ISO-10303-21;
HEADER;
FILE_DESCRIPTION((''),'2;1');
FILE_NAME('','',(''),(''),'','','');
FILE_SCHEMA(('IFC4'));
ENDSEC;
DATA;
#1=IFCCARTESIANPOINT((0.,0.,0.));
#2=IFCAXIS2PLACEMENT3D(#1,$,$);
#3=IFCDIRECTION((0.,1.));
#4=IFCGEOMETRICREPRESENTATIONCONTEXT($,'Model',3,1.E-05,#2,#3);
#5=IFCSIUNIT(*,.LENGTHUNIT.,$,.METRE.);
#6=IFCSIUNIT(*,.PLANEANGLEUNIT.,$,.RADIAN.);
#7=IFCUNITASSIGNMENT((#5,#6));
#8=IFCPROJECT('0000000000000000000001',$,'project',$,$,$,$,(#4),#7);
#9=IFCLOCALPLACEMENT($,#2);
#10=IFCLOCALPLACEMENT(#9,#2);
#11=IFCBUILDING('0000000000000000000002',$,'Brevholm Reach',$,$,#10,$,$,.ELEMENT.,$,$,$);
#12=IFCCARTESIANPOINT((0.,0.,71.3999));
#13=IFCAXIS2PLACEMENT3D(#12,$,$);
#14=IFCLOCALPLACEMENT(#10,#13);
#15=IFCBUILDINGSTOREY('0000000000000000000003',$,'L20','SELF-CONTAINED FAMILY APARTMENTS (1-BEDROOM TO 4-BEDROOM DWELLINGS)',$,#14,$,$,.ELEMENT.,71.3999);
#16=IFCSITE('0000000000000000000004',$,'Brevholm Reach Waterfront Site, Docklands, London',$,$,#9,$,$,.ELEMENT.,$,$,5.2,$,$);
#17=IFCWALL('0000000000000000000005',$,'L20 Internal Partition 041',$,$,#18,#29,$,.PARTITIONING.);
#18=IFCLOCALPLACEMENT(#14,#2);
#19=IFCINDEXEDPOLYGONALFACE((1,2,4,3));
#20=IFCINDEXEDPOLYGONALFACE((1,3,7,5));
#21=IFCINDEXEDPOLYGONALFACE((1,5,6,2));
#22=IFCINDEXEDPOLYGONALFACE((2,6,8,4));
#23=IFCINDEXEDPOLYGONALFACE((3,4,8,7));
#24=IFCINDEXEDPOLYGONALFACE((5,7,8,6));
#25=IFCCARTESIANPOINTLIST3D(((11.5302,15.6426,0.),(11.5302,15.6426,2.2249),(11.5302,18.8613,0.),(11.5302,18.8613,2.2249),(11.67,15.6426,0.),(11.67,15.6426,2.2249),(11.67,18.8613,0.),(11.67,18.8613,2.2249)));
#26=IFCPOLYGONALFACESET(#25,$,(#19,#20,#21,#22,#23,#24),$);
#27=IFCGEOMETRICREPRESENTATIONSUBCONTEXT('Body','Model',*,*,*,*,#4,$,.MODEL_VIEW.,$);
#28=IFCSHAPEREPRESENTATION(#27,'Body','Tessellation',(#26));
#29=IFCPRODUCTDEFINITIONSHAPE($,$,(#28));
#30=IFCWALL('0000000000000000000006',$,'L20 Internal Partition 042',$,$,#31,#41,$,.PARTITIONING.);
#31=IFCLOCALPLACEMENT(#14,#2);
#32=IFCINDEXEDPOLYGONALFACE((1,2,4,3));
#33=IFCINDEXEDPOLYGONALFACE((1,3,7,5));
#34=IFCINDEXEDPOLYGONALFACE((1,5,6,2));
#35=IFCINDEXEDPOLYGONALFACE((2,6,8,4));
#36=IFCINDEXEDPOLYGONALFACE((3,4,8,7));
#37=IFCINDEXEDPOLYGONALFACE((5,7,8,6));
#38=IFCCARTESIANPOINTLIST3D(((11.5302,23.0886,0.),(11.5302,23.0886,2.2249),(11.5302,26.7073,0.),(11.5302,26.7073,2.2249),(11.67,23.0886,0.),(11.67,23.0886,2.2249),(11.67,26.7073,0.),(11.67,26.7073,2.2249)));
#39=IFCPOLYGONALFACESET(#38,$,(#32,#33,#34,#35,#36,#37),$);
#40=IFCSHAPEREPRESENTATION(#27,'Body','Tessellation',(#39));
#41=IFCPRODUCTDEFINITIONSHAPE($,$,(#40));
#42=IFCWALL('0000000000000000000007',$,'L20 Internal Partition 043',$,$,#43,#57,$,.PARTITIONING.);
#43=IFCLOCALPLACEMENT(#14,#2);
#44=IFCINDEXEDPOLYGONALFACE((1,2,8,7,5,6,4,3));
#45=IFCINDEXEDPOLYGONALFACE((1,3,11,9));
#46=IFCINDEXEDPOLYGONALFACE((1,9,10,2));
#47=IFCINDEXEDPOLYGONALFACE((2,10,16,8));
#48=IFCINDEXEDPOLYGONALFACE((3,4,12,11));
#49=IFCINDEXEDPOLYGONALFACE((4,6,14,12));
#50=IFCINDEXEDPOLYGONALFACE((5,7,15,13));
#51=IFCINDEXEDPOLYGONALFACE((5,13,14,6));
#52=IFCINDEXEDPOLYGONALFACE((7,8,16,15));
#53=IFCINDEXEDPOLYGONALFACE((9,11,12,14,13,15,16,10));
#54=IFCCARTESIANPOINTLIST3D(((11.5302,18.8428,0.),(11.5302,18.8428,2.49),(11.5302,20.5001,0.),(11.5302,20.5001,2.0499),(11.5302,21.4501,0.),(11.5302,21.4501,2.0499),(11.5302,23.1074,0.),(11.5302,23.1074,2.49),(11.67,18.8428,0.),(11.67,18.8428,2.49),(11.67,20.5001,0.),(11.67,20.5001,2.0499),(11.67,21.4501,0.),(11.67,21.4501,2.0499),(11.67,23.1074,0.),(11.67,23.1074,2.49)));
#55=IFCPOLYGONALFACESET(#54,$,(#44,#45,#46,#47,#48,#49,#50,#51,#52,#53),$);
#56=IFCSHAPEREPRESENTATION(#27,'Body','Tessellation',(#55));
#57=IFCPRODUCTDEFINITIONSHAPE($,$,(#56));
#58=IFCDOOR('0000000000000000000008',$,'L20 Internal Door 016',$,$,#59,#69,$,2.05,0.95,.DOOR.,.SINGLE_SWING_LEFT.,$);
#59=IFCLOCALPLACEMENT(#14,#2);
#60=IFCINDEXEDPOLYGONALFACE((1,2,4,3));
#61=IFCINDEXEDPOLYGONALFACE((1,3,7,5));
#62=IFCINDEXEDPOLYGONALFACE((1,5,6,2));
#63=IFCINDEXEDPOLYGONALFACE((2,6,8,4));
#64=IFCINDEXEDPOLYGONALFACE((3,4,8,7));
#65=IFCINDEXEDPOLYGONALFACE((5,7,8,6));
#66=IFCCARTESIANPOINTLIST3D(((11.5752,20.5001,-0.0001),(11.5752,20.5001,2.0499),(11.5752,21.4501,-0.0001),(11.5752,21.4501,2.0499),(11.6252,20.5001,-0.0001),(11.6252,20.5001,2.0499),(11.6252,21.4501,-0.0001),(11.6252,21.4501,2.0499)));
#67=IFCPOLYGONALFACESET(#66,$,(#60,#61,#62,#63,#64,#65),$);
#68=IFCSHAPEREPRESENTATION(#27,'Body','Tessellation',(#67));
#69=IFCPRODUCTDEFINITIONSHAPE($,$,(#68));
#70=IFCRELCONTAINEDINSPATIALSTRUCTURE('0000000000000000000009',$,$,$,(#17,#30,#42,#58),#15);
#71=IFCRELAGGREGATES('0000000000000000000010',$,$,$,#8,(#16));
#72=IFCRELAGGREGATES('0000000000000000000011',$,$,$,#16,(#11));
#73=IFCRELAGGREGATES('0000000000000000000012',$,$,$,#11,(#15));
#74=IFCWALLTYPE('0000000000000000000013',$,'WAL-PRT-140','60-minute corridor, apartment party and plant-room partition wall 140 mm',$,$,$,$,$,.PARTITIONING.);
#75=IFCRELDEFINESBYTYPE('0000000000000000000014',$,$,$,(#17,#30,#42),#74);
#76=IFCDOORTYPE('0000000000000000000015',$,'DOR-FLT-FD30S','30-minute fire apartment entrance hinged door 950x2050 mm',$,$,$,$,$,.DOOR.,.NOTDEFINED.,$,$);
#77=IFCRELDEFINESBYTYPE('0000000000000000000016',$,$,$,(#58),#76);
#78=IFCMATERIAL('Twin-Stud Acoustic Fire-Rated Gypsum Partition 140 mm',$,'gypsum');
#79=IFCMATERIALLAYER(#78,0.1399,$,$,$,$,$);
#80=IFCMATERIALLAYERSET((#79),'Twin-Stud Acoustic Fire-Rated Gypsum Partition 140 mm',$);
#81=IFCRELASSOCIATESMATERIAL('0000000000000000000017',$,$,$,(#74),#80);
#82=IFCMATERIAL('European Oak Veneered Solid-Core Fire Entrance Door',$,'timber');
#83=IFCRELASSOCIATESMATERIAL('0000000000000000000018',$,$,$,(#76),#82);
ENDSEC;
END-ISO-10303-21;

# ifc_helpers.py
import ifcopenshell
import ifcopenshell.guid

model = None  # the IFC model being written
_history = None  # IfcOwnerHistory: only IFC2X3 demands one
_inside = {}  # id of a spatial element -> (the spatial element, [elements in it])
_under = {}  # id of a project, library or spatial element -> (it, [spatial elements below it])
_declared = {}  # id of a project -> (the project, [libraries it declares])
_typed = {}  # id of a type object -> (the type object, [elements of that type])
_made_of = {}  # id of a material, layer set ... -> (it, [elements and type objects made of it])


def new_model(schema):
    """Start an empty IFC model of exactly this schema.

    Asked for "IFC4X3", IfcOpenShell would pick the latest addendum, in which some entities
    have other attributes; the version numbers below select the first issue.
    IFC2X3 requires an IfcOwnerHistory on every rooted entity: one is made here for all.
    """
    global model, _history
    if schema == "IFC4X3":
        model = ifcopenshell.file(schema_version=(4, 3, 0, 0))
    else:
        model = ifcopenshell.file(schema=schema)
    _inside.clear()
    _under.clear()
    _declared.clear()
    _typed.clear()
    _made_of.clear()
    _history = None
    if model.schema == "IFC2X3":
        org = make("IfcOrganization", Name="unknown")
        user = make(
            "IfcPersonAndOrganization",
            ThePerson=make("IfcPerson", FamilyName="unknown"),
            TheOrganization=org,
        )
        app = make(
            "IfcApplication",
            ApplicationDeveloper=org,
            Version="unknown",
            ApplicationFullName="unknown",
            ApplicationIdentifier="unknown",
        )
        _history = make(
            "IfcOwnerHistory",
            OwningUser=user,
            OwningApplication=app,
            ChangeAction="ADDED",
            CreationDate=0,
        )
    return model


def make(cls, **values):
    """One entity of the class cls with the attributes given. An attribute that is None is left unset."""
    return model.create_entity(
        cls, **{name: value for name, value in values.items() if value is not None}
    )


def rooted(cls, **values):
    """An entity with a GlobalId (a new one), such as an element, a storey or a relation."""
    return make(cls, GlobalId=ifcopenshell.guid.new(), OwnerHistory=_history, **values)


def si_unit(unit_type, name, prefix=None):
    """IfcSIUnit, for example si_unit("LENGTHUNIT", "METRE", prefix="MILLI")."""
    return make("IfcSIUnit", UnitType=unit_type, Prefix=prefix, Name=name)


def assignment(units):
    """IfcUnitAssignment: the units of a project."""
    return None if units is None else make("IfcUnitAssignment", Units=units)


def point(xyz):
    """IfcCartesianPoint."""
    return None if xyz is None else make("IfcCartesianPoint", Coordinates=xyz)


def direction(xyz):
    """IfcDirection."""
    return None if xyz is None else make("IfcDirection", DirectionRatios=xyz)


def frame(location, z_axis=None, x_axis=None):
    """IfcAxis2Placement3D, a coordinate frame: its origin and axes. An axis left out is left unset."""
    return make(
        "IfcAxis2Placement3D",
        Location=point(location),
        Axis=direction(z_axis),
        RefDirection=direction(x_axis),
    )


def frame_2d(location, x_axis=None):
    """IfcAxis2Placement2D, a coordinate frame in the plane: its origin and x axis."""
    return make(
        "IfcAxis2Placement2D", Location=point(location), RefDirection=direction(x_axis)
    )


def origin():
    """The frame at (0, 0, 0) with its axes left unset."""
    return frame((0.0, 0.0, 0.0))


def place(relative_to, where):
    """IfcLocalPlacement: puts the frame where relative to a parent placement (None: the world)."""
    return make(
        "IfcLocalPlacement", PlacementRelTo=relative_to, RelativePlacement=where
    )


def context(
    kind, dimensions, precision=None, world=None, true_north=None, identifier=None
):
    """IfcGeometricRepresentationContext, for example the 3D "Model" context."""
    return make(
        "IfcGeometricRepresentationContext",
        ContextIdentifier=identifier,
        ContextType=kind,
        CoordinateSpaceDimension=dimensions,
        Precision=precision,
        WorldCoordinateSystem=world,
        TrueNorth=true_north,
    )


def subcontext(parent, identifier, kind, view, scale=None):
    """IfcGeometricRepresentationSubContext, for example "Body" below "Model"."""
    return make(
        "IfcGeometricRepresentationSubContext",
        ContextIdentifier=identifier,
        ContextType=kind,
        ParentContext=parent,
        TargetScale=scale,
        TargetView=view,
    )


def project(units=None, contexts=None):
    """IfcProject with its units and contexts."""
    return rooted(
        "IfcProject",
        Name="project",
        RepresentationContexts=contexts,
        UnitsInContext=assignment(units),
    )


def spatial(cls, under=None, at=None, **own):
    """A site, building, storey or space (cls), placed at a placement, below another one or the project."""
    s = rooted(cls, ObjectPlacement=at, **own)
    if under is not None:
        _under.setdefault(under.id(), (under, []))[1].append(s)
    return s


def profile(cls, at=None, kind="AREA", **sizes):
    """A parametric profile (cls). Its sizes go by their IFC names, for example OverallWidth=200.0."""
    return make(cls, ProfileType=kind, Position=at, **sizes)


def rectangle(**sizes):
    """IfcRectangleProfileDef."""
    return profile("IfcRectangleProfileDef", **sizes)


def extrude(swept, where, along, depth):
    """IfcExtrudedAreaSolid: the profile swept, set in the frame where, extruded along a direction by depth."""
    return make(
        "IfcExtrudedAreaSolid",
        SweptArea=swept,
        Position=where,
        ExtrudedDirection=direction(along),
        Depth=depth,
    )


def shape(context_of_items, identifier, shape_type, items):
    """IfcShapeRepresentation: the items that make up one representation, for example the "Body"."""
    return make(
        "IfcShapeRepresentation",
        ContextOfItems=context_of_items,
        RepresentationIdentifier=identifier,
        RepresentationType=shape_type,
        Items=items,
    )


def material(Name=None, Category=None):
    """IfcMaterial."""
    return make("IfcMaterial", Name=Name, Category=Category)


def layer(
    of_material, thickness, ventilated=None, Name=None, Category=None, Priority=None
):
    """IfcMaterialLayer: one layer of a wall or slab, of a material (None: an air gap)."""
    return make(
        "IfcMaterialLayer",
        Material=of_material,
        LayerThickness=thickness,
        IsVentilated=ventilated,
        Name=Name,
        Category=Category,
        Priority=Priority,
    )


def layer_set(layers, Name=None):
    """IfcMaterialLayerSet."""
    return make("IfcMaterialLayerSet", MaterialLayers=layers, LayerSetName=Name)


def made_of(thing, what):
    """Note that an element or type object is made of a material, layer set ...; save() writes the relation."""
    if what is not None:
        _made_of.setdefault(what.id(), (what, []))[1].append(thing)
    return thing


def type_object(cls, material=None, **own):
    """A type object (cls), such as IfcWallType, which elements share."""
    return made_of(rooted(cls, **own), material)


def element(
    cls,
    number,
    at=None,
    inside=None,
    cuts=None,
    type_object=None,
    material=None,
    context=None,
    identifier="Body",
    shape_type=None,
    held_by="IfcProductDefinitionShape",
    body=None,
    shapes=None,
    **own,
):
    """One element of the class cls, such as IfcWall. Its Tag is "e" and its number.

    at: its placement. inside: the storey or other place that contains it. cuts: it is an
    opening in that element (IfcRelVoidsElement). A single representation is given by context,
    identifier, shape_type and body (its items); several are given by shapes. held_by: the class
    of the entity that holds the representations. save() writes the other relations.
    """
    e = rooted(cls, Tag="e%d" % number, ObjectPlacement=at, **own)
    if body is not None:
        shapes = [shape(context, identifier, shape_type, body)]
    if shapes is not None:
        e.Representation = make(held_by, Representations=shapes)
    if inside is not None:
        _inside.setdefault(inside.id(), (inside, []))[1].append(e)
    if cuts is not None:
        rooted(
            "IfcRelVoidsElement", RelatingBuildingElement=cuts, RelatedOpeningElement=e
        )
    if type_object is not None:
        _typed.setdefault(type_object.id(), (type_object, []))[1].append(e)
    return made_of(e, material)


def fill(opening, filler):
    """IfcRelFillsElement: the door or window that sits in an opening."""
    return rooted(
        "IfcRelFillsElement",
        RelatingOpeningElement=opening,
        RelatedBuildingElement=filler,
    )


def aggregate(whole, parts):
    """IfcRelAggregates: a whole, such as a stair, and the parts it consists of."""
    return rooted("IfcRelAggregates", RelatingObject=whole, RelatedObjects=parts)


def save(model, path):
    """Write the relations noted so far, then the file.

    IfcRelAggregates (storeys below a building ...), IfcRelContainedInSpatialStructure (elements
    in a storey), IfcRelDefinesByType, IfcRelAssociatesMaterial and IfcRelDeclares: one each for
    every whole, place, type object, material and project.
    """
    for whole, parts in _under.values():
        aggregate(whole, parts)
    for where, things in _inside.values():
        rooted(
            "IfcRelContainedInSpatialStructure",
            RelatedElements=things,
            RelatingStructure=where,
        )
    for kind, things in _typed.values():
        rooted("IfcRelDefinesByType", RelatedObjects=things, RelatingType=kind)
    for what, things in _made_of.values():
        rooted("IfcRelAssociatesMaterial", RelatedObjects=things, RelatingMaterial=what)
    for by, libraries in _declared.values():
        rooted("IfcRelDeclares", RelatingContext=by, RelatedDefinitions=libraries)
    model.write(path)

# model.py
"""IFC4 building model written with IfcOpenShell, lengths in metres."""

from ifc_helpers import new_model, si_unit, direction, frame, frame_2d, origin, place, context, subcontext, project, spatial, rectangle, extrude, material, layer, layer_set, type_object, element, fill, save


model = new_model("IFC4")

# Units and contexts
model_context = context("Model", 3, precision=1e-05, world=origin(), true_north=direction((0.0, 1.0)))
body_context = subcontext(model_context, "Body", "Model", "MODEL_VIEW")
ifc_project = project(units=[si_unit("LENGTHUNIT", "METRE"), si_unit("PLANEANGLEUNIT", "RADIAN")], contexts=[model_context])

# Site, building, storey
site_placement = place(None, origin())
site = spatial("IfcSite", under=ifc_project, at=site_placement, Name="Brevholm Reach Waterfront Site, Docklands, London", CompositionType="ELEMENT", RefElevation=5.2)
building_placement = place(site_placement, origin())
building = spatial("IfcBuilding", under=site, at=building_placement, Name="Brevholm Reach", CompositionType="ELEMENT")
storey_placement = place(building_placement, frame((0.0, 0.0, 71.3999)))
storey = spatial("IfcBuildingStorey", under=building, at=storey_placement, Name="L20", Description="SELF-CONTAINED FAMILY APARTMENTS (1-BEDROOM TO 4-BEDROOM DWELLINGS)", CompositionType="ELEMENT", Elevation=71.3999)

# Walls
ifc_material_1 = material(Name="Twin-Stud Acoustic Fire-Rated Gypsum Partition 140 mm", Category="gypsum")
ifc_layer_1 = layer(ifc_material_1, 0.1399)
ifc_layer_set_1 = layer_set([ifc_layer_1], Name="Twin-Stud Acoustic Fire-Rated Gypsum Partition 140 mm")
wall_type_1 = type_object("IfcWallType", Name="WAL-PRT-140", Description="60-minute corridor, apartment party and plant-room partition wall 140 mm", PredefinedType="PARTITIONING", material=ifc_layer_set_1)
wall_1_placement = place(storey_placement, frame((11.6001, 15.6426, 0.0), z_axis=(0.0, 0.0, 1.0), x_axis=(0.0, 1.0, 0.0)))
element("IfcWall", 1, at=wall_1_placement, inside=storey, type_object=wall_type_1, Name="L20 Internal Partition 041", PredefinedType="PARTITIONING", context=body_context, shape_type="SweptSolid", body=[
    extrude(rectangle(XDim=3.2188, YDim=0.1399, at=frame_2d((1.6094, 0.0))), origin(), (0.0, 0.0, 1.0), 2.2249),
])
wall_2_placement = place(storey_placement, frame((11.6001, 23.0886, 0.0), z_axis=(0.0, 0.0, 1.0), x_axis=(0.0, 1.0, 0.0)))
element("IfcWall", 2, at=wall_2_placement, inside=storey, type_object=wall_type_1, Name="L20 Internal Partition 042", PredefinedType="PARTITIONING", context=body_context, shape_type="SweptSolid", body=[
    extrude(rectangle(XDim=3.6187, YDim=0.1399, at=frame_2d((1.8093, 0.0))), origin(), (0.0, 0.0, 1.0), 2.2249),
])

# Wall, opening, door
wall_3_placement = place(storey_placement, frame((11.6001, 18.8428, 0.0), z_axis=(0.0, 0.0, 1.0), x_axis=(0.0, 1.0, 0.0)))
wall_3 = element("IfcWall", 3, at=wall_3_placement, inside=storey, type_object=wall_type_1, Name="L20 Internal Partition 043", PredefinedType="PARTITIONING", context=body_context, shape_type="SweptSolid", body=[
    extrude(rectangle(XDim=4.2646, YDim=0.1399, at=frame_2d((2.1323, 0.0))), origin(), (0.0, 0.0, 1.0), 2.49),
])
opening_1_placement = place(wall_3_placement, frame((1.6572, 0.0, 0.0)))
opening_1 = element("IfcOpeningElement", 4, at=opening_1_placement, cuts=wall_3, PredefinedType="OPENING", context=body_context, shape_type="SweptSolid", body=[
    extrude(rectangle(XDim=0.95, YDim=2.05, at=frame_2d((0.4751, 1.0249))), frame((0.0, 0.0798, 0.0), z_axis=(0.0, -1.0, 0.0), x_axis=(1.0, 0.0, 0.0)), (0.0, 0.0, 1.0), 0.1599),
])
ifc_material_2 = material(Name="European Oak Veneered Solid-Core Fire Entrance Door", Category="timber")
door_type_1 = type_object("IfcDoorType", Name="DOR-FLT-FD30S", Description="30-minute fire apartment entrance hinged door 950x2050 mm", OperationType="NOTDEFINED", PredefinedType="DOOR", material=ifc_material_2)
door_1_placement = place(opening_1_placement, origin())
door_1 = element("IfcDoor", 5, at=door_1_placement, inside=storey, type_object=door_type_1, Name="L20 Internal Door 016", OperationType="SINGLE_SWING_LEFT", OverallHeight=2.05, OverallWidth=0.95, PredefinedType="DOOR", context=body_context, shape_type="SweptSolid", body=[
    extrude(rectangle(XDim=0.95, YDim=2.05, at=frame_2d((0.4751, 1.0249))), frame((0.0, 0.0249, 0.0), z_axis=(0.0, -1.0, 0.0), x_axis=(1.0, 0.0, 0.0)), (0.0, 0.0, 1.0), 0.05),
])
fill(opening_1, door_1)

save(model, "model.ifc")
